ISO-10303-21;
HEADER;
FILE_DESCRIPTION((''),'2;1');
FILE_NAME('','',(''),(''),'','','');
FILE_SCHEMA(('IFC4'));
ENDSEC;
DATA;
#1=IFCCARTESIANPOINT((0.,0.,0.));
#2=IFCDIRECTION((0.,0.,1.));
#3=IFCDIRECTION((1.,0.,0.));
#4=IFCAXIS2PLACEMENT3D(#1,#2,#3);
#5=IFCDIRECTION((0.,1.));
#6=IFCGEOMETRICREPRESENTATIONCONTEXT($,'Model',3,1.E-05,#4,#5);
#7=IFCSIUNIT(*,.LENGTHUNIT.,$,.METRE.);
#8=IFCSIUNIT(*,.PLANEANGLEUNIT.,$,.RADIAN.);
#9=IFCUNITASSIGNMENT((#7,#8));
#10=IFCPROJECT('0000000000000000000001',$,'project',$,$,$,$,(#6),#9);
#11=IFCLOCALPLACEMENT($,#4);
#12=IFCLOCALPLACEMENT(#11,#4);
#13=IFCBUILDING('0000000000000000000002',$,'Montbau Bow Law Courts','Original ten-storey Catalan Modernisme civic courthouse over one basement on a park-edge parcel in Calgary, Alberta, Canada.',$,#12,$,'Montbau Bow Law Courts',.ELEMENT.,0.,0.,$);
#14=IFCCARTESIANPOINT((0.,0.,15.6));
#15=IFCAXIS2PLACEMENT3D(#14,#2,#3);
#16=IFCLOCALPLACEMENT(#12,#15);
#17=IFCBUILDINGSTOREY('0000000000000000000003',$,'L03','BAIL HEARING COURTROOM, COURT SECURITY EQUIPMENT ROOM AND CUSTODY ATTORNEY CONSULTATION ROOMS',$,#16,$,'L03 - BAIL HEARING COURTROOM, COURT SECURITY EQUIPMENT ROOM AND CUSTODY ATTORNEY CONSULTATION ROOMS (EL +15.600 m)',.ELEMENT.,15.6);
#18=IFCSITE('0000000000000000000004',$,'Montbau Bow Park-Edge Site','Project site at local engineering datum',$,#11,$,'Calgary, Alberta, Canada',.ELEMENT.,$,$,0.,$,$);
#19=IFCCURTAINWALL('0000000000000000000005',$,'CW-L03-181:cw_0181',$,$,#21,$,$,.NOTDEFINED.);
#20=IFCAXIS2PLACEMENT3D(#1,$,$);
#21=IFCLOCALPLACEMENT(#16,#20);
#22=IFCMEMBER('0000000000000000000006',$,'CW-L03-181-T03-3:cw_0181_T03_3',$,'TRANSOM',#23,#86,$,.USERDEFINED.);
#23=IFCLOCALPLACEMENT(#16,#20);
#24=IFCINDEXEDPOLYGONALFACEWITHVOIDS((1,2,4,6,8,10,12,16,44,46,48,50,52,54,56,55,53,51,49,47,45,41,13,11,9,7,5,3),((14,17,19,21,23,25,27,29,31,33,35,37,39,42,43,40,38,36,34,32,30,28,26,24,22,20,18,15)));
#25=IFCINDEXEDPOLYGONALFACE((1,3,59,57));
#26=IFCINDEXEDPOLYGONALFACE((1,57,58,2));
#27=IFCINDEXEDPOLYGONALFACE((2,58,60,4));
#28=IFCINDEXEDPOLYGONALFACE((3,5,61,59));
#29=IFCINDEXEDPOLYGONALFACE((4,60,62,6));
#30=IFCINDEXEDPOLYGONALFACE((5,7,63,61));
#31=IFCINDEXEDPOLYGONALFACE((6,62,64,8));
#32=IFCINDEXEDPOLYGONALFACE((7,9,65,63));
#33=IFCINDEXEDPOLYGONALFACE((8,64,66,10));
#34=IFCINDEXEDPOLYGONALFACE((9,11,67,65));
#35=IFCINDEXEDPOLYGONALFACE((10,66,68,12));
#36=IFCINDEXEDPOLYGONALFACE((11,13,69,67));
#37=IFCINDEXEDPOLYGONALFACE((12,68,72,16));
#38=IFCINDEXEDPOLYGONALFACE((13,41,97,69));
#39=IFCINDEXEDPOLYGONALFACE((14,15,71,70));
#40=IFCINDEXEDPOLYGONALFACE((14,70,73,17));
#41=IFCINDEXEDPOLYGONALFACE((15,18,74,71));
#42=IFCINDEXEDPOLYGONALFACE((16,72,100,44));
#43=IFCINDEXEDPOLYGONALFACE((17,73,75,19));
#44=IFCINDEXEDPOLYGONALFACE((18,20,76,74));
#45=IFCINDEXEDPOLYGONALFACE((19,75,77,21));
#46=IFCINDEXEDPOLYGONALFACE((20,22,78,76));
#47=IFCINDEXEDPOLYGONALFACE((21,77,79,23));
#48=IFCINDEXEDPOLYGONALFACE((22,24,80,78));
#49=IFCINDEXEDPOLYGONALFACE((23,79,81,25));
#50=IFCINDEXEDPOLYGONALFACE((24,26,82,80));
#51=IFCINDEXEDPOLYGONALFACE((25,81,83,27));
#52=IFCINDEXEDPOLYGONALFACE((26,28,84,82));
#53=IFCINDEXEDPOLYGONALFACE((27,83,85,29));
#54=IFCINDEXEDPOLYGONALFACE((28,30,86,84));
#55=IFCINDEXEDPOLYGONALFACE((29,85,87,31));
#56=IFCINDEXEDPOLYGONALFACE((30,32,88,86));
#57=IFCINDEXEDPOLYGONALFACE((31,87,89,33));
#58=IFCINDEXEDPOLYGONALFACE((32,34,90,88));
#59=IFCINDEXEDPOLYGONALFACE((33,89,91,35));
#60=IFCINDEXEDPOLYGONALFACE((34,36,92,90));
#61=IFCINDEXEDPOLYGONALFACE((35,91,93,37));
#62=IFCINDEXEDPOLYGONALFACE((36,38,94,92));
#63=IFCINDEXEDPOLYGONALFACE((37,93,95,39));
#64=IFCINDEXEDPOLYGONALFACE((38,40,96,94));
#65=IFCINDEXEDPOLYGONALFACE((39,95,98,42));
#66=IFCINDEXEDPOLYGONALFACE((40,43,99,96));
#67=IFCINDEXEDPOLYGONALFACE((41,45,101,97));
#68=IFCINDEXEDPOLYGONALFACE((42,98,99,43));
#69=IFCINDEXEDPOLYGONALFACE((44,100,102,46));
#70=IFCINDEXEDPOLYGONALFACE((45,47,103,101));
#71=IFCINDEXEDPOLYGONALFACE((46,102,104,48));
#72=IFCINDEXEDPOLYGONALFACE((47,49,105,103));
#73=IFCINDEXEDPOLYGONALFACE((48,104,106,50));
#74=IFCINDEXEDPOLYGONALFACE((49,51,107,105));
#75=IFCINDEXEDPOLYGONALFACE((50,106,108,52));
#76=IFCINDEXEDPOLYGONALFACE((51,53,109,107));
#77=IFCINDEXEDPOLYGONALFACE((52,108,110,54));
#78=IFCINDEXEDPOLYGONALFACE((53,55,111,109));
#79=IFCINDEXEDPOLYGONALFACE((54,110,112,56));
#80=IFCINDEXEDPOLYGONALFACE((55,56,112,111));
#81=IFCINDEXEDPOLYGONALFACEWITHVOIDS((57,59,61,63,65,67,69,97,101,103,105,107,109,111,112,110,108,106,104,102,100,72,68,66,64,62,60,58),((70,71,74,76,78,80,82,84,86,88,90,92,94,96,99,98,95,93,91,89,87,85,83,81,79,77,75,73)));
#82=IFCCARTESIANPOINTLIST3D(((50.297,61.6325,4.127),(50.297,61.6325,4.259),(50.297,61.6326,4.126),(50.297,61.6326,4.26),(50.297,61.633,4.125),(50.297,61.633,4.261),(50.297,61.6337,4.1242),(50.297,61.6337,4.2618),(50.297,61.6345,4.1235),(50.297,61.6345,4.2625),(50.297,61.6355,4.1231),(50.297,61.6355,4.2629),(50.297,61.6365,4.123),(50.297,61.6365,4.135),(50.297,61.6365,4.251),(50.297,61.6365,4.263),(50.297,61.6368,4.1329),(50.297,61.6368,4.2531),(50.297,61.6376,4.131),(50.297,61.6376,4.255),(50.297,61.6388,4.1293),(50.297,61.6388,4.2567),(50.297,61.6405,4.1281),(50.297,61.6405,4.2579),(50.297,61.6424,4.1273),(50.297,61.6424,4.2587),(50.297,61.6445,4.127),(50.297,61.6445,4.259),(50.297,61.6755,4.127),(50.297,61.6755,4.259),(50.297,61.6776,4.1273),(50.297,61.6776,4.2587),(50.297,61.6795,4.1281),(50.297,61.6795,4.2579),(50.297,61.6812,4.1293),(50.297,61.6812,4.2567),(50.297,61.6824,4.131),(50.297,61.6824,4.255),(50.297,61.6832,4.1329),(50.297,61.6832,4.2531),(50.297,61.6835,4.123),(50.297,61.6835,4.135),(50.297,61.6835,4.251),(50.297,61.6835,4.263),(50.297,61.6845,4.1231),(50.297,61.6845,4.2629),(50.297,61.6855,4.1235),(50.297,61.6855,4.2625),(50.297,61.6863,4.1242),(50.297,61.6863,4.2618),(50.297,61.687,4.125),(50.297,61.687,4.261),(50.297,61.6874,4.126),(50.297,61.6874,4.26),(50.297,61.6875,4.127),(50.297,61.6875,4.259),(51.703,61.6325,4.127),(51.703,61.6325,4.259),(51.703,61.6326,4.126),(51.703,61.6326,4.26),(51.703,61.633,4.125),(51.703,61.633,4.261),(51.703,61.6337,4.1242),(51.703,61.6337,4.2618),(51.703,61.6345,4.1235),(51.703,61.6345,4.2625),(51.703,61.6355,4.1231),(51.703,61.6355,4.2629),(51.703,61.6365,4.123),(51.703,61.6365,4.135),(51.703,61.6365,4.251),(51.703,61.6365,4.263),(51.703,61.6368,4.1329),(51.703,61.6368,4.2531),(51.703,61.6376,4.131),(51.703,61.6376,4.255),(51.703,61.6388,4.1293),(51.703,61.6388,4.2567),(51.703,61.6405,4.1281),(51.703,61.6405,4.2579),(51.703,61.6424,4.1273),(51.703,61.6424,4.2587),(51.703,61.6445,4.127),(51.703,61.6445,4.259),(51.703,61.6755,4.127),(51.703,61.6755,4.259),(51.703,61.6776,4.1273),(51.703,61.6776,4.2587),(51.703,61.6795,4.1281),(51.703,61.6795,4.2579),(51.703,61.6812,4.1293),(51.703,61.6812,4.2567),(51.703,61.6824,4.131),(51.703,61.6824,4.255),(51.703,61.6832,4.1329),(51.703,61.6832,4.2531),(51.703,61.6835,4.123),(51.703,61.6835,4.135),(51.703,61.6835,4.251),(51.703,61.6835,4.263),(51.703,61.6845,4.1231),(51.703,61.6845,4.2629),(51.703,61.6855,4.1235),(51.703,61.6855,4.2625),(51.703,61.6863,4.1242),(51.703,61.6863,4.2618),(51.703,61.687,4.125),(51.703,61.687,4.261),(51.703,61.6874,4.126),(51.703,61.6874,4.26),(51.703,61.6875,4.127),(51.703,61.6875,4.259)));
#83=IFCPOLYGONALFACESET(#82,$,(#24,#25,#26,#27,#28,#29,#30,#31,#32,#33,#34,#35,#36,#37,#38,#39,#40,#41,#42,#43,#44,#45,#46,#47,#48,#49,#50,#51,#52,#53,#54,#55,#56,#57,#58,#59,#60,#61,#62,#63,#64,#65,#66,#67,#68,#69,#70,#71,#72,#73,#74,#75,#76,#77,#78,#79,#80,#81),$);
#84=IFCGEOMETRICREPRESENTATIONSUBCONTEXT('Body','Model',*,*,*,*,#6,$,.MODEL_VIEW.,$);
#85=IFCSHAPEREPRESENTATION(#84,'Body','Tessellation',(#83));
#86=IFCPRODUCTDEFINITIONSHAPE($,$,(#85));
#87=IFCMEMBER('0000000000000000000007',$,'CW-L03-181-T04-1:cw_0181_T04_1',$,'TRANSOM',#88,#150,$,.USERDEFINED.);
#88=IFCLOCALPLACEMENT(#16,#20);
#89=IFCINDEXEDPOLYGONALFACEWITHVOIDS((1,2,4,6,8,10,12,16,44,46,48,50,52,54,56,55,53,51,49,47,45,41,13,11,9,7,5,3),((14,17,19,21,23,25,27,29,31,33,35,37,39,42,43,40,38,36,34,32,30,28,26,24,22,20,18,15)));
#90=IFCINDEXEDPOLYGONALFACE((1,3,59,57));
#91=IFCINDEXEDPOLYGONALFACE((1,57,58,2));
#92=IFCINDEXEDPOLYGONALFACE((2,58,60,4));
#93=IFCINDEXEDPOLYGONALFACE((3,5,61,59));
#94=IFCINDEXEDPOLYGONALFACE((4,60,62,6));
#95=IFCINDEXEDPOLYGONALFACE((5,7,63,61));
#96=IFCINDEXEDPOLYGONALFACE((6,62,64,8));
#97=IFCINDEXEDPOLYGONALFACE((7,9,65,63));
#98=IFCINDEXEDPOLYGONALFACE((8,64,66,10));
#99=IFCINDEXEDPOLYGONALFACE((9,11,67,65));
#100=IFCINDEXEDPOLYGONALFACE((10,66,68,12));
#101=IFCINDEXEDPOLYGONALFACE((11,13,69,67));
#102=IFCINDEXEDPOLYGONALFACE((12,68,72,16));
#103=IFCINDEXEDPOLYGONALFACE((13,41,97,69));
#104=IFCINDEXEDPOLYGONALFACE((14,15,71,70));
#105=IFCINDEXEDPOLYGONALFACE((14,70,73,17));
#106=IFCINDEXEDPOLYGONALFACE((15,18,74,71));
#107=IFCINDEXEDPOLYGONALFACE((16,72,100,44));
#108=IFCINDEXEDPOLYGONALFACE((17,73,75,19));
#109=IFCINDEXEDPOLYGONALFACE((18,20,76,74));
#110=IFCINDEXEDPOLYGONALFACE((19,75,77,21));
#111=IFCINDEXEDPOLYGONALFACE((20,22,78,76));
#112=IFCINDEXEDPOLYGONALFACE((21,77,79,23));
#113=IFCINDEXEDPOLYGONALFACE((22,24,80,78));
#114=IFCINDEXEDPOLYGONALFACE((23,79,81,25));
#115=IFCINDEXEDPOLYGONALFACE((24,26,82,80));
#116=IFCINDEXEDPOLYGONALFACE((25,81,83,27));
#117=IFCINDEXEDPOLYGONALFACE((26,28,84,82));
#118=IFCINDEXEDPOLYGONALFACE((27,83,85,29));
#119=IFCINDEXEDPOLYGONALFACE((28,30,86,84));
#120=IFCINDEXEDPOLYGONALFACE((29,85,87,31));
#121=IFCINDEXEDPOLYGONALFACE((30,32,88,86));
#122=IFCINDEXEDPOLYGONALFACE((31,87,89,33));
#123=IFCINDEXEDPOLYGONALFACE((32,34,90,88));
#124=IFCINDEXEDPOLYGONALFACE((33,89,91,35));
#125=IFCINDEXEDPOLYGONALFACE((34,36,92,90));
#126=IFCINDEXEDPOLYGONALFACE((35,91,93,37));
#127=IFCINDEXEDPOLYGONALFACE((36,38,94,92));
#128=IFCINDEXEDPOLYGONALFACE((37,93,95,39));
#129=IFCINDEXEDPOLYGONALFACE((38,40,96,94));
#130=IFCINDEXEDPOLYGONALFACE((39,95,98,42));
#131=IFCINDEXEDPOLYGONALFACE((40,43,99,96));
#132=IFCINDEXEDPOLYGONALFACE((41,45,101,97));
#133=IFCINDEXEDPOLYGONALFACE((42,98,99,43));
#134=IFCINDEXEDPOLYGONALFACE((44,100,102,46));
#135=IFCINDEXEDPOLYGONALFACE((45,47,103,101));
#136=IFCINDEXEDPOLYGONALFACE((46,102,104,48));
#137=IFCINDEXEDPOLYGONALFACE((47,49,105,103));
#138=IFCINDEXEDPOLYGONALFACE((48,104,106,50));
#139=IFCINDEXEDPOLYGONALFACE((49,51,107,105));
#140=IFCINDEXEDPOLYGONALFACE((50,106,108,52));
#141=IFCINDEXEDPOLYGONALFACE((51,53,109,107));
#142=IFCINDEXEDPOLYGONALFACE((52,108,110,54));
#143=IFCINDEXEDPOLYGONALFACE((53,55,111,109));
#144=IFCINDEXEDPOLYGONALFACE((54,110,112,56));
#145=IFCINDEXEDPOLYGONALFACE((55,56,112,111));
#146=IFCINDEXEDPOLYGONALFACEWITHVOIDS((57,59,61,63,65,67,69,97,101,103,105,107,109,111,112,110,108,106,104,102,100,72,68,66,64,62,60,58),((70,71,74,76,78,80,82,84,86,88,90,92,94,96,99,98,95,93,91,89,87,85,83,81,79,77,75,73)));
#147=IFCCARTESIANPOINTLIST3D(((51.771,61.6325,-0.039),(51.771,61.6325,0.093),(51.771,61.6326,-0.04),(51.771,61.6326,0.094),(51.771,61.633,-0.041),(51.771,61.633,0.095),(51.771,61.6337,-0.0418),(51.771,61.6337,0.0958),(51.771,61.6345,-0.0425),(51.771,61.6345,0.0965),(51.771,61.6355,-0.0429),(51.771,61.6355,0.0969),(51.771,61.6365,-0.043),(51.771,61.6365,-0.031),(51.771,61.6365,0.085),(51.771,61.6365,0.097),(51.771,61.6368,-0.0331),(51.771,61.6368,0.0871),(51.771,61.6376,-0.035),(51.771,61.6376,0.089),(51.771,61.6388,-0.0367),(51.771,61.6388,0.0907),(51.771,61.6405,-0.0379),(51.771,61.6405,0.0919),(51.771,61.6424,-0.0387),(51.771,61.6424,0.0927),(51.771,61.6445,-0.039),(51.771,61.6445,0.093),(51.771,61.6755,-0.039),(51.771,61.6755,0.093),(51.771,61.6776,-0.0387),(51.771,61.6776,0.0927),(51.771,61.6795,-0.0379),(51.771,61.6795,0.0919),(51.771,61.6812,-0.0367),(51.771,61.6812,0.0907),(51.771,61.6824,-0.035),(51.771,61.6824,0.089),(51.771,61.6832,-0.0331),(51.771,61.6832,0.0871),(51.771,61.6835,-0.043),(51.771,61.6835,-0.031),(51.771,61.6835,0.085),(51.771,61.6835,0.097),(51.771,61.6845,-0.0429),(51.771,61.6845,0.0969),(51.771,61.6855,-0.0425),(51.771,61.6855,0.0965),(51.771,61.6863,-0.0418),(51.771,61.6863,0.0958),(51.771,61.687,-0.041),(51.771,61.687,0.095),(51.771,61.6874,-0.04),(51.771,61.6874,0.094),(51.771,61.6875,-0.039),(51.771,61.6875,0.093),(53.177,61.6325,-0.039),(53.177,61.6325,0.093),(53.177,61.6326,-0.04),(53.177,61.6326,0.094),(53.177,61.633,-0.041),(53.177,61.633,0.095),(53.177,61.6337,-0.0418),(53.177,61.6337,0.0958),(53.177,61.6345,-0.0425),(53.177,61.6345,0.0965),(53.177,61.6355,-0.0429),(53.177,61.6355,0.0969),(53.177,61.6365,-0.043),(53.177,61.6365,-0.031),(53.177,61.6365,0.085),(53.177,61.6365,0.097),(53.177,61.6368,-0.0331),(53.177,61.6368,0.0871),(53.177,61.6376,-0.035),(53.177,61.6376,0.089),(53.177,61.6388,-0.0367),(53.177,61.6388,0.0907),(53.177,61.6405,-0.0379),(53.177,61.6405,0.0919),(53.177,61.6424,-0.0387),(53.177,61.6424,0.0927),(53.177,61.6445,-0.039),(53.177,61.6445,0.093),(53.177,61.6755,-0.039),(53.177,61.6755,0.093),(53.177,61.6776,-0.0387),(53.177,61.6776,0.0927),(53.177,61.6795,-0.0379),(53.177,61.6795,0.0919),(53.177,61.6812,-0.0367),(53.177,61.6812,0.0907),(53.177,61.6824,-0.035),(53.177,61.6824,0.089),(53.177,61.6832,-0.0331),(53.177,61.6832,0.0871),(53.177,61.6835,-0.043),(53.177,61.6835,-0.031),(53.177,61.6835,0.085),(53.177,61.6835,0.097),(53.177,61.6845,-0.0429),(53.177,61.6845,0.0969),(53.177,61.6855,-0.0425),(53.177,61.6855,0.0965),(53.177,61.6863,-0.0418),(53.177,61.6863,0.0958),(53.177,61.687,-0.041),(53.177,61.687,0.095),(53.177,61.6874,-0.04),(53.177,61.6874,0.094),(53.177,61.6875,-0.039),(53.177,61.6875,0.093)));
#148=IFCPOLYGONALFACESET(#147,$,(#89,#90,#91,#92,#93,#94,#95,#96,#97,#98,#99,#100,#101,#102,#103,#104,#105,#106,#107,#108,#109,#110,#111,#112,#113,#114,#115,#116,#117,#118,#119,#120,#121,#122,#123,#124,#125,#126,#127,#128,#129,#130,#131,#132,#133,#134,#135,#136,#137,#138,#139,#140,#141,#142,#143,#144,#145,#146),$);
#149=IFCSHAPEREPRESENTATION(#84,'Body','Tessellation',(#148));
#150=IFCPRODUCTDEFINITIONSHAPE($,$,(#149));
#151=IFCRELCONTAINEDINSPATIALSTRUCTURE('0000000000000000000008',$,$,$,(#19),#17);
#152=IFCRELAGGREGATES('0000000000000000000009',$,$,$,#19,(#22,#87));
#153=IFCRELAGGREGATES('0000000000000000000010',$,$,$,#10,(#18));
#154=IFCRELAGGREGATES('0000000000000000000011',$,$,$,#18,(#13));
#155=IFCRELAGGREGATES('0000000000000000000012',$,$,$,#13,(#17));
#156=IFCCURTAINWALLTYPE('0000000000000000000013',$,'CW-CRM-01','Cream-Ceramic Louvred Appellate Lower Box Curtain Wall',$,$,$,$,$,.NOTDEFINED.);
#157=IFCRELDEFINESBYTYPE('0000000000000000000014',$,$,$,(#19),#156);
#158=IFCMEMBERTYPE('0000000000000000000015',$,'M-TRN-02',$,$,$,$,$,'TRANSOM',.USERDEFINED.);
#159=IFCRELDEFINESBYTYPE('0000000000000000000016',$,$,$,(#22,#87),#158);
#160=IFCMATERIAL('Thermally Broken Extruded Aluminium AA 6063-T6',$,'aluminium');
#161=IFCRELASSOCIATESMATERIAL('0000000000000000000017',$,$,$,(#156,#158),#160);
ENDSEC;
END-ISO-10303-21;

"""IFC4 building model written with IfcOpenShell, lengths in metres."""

from ifc_helpers import new_model, si_unit, direction, frame, origin_with_axes, origin_2d_with_axis, place, context, subcontext, project, spatial, hollow_rectangle, extrude, material, material_profile, profile_set, type_object, element, aggregate, save


model = new_model("IFC4")

# Units and contexts
model_context = context("Model", 3, precision=1e-05, world=origin_with_axes(), true_north=direction((0.0, 1.0)))
body_context = subcontext(model_context, "Body", "Model", "MODEL_VIEW")
ifc_project = project(units=[si_unit("LENGTHUNIT", "METRE"), si_unit("PLANEANGLEUNIT", "RADIAN")], contexts=[model_context])

# Site, building, storey
site_placement = place(None, origin_with_axes())
site = spatial("IfcSite", under=ifc_project, at=site_placement, Name="Montbau Bow Park-Edge Site", Description="Project site at local engineering datum", LongName="Calgary, Alberta, Canada", CompositionType="ELEMENT", RefElevation=0.0)
building_placement = place(site_placement, origin_with_axes())
building = spatial("IfcBuilding", under=site, at=building_placement, Name="Montbau Bow Law Courts", Description="Original ten-storey Catalan Modernisme civic courthouse over one basement on a park-edge parcel in Calgary, Alberta, Canada.", LongName="Montbau Bow Law Courts", CompositionType="ELEMENT", ElevationOfRefHeight=0.0, ElevationOfTerrain=0.0)
storey_placement = place(building_placement, frame((0.0, 0.0, 15.6), z_axis=(0.0, 0.0, 1.0), x_axis=(1.0, 0.0, 0.0)))
storey = spatial("IfcBuildingStorey", under=building, at=storey_placement, Name="L03", Description="BAIL HEARING COURTROOM, COURT SECURITY EQUIPMENT ROOM AND CUSTODY ATTORNEY CONSULTATION ROOMS", LongName="L03 - BAIL HEARING COURTROOM, COURT SECURITY EQUIPMENT ROOM AND CUSTODY ATTORNEY CONSULTATION ROOMS (EL +15.600 m)", CompositionType="ELEMENT", Elevation=15.6)

# Curtain wall, members
ifc_material_1 = material(Name="Thermally Broken Extruded Aluminium AA 6063-T6", Category="aluminium")
curtain_wall_type = type_object("IfcCurtainWallType", Name="CW-CRM-01", Description="Cream-Ceramic Louvred Appellate Lower Box Curtain Wall", PredefinedType="NOTDEFINED", material=ifc_material_1)
curtain_wall_placement = place(None, frame((47.315, 61.66, 15.6), z_axis=(0.0, 0.0, 1.0), x_axis=(1.0, 0.0, 0.0)))
curtain_wall = element("IfcCurtainWall", 1, at=curtain_wall_placement, inside=storey, type_object=curtain_wall_type, Name="CW-L03-181:cw_0181", PredefinedType="NOTDEFINED")
ifc_material_profile_1 = material_profile(ifc_material_1, hollow_rectangle(XDim=0.055, YDim=0.14, WallThickness=0.004, InnerFilletRadius=0.008, OuterFilletRadius=0.004, at=origin_2d_with_axis()), Name="CWT-140X55", Category="Main", Priority=0)
ifc_profile_set_1 = profile_set([ifc_material_profile_1], Name="Thermally Broken Extruded Aluminium AA 6063-T6")
member_type_1 = type_object("IfcMemberType", Name="M-TRN-02", ElementType="TRANSOM", PredefinedType="USERDEFINED", material=ifc_profile_set_1)
member_1_placement = place(None, frame((50.297, 61.66, 19.793), z_axis=(1.0, 0.0, 0.0), x_axis=(0.0, 1.0, 0.0)))
member_1 = element("IfcMember", 2, at=member_1_placement, type_object=member_type_1, Name="CW-L03-181-T03-3:cw_0181_T03_3", ObjectType="TRANSOM", PredefinedType="USERDEFINED", context=body_context, shape_type="SweptSolid", body=[
    extrude(hollow_rectangle(XDim=0.055, YDim=0.14, WallThickness=0.004, InnerFilletRadius=0.008, OuterFilletRadius=0.004, at=origin_2d_with_axis()), origin_with_axes(), (0.0, 0.0, 1.0), 1.406),
])
member_2_placement = place(None, frame((51.771, 61.66, 15.627), z_axis=(1.0, 0.0, 0.0), x_axis=(0.0, 1.0, 0.0)))
member_2 = element("IfcMember", 3, at=member_2_placement, type_object=member_type_1, Name="CW-L03-181-T04-1:cw_0181_T04_1", ObjectType="TRANSOM", PredefinedType="USERDEFINED", context=body_context, shape_type="SweptSolid", body=[
    extrude(hollow_rectangle(XDim=0.055, YDim=0.14, WallThickness=0.004, InnerFilletRadius=0.008, OuterFilletRadius=0.004, at=origin_2d_with_axis()), origin_with_axes(), (0.0, 0.0, 1.0), 1.406),
])
aggregate(curtain_wall, [member_1, member_2])

save(model, "model.ifc")
